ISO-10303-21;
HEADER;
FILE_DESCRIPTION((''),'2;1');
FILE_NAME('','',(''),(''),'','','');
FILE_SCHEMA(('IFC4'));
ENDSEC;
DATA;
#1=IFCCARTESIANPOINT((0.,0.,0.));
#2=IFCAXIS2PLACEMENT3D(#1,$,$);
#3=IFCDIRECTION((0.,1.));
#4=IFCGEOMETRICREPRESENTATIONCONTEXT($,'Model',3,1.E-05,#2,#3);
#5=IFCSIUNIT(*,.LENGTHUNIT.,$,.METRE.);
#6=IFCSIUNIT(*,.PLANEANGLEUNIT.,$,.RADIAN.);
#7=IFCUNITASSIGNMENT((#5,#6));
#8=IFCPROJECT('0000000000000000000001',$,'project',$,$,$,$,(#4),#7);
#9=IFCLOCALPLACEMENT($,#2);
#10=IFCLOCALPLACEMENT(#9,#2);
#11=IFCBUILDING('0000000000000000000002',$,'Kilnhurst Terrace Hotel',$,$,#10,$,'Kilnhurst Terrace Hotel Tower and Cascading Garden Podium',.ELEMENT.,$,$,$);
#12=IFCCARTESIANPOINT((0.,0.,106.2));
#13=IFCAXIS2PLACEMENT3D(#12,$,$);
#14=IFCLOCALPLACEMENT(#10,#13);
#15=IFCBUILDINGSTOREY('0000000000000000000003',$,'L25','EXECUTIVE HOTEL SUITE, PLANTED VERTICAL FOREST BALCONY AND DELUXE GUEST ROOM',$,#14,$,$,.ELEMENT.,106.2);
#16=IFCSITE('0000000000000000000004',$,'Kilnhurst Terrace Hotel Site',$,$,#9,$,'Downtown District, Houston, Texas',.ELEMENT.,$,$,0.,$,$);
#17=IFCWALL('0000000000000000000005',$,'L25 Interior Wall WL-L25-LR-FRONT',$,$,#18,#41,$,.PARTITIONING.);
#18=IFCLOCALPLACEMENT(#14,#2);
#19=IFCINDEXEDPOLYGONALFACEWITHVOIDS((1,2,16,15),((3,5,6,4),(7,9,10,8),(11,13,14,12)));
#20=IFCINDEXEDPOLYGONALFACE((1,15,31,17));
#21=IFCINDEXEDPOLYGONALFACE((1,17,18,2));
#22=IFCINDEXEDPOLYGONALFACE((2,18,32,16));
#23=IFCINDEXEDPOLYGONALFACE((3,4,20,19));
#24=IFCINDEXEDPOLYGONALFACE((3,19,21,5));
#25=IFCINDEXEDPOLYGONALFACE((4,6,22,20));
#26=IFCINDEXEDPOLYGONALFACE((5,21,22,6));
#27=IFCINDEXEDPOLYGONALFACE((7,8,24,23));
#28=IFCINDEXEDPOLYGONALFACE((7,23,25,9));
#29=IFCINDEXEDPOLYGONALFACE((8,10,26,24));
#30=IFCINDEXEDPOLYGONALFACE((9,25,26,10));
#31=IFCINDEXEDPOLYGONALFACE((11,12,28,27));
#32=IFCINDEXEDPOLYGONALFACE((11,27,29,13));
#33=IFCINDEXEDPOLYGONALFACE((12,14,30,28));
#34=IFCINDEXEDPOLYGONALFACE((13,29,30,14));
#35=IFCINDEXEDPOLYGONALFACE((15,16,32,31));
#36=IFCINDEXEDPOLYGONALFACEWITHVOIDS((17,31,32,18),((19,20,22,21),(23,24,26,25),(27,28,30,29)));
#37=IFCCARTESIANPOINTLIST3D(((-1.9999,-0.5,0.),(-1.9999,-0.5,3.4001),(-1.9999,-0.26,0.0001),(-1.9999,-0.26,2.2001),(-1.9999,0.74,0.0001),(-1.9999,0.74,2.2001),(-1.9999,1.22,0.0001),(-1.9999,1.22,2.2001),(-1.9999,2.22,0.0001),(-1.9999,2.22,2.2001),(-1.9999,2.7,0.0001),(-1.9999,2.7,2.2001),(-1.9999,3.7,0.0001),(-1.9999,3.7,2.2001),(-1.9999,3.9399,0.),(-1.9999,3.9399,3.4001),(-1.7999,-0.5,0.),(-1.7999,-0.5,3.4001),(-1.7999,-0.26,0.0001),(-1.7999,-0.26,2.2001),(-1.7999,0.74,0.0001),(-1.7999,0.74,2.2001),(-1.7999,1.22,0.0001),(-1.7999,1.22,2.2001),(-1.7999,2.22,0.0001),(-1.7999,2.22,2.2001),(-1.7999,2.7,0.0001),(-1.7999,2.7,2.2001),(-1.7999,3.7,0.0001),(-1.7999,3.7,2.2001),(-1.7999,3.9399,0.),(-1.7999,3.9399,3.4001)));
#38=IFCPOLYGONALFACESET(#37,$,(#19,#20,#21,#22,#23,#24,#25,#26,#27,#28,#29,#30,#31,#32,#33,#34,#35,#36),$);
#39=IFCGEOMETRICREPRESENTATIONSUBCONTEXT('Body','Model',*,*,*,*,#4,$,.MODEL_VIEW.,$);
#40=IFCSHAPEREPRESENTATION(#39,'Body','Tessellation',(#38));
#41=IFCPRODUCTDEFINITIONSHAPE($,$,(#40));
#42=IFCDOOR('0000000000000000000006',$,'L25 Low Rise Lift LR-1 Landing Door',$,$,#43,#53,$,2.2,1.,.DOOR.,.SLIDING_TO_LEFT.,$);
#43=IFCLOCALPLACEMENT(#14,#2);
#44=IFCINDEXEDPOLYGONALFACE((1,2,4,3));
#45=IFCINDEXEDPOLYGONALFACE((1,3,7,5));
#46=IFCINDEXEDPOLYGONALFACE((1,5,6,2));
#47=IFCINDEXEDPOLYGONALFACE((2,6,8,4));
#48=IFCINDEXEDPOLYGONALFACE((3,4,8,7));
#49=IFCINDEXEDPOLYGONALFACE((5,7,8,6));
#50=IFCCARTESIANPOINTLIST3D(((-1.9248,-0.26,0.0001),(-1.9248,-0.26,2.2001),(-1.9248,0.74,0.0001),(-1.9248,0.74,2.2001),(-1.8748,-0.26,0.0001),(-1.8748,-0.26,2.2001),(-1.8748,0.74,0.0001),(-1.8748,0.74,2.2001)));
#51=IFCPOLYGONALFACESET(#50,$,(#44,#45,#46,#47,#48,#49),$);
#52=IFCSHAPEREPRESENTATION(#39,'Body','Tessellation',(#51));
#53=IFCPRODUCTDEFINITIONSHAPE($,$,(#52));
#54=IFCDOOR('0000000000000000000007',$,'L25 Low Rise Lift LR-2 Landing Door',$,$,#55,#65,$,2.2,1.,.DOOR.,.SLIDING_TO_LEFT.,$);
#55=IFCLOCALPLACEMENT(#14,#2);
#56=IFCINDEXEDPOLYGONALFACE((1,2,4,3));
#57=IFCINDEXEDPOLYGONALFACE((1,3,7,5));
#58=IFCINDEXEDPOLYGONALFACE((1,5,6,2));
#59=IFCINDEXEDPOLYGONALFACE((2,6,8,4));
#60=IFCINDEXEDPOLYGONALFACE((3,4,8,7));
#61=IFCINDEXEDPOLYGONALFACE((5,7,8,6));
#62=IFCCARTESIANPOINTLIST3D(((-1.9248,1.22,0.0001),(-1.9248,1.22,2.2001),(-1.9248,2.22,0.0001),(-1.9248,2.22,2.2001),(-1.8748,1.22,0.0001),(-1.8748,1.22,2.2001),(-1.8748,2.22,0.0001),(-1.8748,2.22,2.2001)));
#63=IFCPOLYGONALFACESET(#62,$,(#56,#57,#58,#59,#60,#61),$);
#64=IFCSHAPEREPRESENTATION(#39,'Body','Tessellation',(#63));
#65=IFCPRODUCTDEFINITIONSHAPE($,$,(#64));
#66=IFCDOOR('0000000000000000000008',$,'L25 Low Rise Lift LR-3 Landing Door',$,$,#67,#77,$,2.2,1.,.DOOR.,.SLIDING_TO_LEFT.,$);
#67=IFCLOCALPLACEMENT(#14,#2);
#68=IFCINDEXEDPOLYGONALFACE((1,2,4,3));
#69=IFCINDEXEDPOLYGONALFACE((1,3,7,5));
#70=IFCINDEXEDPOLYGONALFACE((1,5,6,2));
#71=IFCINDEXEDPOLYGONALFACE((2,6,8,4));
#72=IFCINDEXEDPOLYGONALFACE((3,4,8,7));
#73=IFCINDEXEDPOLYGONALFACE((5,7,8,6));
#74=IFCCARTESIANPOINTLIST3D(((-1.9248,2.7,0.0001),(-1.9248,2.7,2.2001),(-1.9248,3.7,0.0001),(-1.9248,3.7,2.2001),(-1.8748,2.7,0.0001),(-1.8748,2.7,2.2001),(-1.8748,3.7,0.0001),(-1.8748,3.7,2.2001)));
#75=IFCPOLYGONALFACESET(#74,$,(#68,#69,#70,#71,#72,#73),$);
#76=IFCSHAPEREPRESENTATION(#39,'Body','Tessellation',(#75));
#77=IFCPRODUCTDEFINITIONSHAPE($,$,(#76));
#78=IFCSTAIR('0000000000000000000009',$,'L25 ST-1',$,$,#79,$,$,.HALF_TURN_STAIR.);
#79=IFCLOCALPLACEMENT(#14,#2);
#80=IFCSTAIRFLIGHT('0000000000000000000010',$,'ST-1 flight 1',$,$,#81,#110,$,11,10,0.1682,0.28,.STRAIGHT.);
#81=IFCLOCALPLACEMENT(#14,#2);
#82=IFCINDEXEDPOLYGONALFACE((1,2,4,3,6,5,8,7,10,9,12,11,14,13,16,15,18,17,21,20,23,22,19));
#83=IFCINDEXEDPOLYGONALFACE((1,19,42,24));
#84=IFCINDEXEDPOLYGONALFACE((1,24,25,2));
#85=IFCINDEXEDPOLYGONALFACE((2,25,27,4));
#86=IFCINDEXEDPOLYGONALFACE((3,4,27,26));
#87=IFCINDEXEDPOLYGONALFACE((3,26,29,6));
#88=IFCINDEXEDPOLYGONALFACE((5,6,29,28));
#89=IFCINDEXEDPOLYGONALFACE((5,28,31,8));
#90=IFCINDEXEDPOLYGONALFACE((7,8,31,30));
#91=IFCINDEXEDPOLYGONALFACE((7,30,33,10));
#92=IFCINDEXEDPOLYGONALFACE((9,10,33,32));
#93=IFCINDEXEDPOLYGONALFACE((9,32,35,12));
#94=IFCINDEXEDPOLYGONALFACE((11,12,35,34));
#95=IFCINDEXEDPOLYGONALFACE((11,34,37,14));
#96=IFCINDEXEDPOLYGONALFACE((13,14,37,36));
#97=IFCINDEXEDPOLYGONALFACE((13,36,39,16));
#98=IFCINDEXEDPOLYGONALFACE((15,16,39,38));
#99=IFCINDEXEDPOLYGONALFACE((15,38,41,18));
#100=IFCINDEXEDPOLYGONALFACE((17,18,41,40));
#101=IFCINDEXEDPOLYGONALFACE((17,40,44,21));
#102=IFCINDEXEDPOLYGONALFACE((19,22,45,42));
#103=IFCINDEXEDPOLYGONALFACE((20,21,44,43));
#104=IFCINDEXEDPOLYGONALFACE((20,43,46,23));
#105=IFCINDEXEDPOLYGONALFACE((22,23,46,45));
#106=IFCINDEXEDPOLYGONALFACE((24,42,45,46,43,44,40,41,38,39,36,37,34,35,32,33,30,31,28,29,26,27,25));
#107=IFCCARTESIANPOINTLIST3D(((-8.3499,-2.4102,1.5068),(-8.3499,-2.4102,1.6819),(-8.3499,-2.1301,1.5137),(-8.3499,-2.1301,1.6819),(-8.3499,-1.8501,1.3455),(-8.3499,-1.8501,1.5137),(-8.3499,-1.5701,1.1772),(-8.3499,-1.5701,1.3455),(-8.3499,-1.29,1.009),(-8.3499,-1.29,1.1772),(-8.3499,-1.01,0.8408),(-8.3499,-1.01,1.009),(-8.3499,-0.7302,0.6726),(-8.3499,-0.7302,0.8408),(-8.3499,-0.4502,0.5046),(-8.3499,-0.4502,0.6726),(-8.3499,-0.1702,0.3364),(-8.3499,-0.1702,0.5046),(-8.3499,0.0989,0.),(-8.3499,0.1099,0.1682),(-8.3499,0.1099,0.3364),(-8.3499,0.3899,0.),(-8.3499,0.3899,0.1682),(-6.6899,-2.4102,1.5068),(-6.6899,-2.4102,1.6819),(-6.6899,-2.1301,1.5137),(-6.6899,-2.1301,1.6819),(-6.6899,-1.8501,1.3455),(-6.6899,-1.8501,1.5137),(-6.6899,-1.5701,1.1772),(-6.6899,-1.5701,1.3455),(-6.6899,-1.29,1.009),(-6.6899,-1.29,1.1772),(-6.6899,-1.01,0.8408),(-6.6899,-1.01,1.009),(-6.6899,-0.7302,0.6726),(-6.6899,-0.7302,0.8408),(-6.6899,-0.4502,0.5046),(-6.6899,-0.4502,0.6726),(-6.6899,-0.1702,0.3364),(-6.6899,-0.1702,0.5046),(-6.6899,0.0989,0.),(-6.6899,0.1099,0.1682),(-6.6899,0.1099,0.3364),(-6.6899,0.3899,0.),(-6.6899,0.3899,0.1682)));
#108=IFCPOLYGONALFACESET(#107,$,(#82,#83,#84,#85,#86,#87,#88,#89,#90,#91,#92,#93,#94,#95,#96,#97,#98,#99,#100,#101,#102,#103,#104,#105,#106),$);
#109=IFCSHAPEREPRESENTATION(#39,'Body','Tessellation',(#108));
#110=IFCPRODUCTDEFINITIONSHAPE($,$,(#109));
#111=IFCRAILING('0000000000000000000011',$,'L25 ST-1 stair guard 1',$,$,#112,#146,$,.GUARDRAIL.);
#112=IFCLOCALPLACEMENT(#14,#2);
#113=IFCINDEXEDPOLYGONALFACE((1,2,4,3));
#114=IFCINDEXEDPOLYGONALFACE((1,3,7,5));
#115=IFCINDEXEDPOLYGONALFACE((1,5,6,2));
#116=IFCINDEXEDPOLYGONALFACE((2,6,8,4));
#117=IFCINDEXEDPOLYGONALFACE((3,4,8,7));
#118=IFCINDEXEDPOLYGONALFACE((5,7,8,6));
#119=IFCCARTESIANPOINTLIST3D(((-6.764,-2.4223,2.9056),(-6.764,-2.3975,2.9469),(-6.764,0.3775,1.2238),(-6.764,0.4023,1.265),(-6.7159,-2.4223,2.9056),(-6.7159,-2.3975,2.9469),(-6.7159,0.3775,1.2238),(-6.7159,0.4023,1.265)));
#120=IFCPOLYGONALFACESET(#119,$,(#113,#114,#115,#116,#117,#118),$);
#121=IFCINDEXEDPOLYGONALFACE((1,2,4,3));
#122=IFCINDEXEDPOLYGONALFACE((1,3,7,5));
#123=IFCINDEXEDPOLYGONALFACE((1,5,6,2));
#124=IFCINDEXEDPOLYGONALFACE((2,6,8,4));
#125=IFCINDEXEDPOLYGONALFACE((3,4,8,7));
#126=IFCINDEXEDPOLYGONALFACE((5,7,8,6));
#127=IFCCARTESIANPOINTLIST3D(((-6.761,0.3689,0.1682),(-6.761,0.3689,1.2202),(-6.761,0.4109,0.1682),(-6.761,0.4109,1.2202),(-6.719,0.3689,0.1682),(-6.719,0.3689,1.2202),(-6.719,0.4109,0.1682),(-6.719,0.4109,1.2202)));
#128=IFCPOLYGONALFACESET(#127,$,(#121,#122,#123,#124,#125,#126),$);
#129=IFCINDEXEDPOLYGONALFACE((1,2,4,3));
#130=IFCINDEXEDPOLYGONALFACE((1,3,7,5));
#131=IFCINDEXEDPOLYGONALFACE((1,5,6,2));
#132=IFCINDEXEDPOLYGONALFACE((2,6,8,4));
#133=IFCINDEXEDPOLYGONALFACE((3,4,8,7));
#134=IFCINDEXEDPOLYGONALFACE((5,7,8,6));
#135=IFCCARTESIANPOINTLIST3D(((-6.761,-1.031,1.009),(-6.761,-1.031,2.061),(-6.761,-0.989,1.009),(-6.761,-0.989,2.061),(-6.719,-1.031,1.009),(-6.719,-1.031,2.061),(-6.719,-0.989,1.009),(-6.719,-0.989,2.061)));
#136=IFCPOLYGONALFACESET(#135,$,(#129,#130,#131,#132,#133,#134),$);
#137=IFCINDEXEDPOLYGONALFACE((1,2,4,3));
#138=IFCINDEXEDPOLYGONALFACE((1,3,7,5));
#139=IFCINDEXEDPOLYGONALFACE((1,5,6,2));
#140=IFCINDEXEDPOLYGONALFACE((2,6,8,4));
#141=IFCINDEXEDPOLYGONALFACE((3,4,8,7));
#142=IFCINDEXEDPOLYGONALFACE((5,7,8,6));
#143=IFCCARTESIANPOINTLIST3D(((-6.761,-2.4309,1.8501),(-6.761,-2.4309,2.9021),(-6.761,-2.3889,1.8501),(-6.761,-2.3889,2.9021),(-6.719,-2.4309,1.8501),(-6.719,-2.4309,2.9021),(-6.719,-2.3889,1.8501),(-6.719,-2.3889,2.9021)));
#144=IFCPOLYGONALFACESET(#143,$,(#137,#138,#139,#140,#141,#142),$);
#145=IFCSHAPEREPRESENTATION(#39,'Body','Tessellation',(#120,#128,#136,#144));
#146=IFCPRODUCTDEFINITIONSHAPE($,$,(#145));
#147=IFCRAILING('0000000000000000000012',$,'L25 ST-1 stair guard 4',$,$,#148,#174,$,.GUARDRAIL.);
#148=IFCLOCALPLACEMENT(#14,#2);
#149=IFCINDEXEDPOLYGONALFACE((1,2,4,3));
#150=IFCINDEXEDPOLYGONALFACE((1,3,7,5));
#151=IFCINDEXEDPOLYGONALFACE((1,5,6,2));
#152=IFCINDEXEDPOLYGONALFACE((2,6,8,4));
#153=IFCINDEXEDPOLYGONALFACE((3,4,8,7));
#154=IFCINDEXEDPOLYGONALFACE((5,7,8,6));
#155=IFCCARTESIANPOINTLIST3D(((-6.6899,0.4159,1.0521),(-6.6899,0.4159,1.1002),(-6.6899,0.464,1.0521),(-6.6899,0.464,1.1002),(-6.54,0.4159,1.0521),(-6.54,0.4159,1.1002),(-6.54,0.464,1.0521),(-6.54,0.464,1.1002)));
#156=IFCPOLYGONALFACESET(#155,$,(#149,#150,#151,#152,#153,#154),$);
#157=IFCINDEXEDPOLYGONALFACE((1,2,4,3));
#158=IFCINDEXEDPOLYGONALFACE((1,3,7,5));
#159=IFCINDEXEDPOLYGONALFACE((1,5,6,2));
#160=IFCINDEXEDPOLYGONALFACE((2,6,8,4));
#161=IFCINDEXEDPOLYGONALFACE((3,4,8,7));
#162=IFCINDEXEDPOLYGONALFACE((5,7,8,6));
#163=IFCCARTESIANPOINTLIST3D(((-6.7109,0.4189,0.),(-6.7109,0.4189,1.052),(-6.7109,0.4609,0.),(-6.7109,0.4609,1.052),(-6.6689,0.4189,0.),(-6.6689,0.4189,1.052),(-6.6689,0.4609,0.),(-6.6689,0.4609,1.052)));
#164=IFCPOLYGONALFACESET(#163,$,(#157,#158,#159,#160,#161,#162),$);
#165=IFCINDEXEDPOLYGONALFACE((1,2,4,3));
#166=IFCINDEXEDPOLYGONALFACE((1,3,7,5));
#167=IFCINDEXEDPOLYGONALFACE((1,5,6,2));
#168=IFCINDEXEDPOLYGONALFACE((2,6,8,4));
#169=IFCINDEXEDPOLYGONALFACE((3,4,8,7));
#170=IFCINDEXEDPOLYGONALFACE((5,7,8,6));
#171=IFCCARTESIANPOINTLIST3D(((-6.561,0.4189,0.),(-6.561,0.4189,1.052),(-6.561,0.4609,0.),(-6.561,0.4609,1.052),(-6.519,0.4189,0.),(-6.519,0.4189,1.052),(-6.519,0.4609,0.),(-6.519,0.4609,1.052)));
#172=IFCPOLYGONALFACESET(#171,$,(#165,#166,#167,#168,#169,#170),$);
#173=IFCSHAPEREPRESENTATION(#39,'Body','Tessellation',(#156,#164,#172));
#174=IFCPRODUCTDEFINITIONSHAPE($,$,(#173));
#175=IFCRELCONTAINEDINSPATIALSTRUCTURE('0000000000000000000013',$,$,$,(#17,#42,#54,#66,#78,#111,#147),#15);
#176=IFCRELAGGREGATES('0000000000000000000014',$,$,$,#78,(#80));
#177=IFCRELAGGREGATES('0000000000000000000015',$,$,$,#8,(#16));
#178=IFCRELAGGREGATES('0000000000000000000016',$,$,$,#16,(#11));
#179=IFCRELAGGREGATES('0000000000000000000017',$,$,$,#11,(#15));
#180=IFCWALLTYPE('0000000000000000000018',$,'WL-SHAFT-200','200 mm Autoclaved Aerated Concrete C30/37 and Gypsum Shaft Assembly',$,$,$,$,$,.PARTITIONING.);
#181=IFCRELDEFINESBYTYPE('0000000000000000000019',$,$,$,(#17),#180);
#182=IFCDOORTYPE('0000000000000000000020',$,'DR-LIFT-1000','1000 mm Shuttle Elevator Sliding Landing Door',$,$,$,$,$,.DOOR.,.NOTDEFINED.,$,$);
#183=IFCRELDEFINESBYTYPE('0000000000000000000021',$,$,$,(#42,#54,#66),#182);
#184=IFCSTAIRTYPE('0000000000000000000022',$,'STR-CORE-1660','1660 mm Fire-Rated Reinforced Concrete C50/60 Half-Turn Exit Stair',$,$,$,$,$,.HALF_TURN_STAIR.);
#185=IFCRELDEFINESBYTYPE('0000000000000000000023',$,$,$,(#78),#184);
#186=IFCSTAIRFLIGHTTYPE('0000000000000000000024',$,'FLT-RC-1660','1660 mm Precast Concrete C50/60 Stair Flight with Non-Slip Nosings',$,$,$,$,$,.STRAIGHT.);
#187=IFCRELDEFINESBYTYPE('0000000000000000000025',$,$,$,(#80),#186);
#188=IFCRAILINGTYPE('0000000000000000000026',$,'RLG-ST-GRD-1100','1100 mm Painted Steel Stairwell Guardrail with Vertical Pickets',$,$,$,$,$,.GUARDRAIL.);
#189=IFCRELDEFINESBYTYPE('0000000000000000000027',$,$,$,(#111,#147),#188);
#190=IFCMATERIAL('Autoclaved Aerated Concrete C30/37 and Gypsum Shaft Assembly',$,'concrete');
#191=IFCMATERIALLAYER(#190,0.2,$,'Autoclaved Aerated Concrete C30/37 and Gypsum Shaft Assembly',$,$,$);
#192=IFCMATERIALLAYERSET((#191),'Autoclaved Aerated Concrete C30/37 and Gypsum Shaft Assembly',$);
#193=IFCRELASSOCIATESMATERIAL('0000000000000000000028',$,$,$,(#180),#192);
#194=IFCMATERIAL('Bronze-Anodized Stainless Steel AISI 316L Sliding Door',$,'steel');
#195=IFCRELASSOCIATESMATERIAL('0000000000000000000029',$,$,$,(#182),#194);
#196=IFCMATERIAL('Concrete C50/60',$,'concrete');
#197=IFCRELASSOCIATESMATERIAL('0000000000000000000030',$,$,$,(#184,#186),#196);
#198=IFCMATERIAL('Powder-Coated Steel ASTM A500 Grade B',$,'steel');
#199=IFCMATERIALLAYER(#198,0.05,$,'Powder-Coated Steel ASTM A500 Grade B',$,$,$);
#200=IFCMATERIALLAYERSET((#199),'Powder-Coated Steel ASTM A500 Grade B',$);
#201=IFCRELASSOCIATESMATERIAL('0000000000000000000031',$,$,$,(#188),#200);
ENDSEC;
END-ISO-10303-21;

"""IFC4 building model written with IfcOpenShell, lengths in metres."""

from ifc_helpers import new_model, si_unit, direction, frame, frame_2d, origin, origin_2d, place, context, subcontext, project, spatial, polyline, rectangle, outline, extrude, material, layer, layer_set, type_object, element, fill, aggregate, save


model = new_model("IFC4")

# Units and contexts
model_context = context("Model", 3, precision=1e-05, world=origin(), true_north=direction((0.0, 1.0)))
body_context = subcontext(model_context, "Body", "Model", "MODEL_VIEW")
ifc_project = project(units=[si_unit("LENGTHUNIT", "METRE"), si_unit("PLANEANGLEUNIT", "RADIAN")], contexts=[model_context])

# Site, building, storey
site_placement = place(None, origin())
site = spatial("IfcSite", under=ifc_project, at=site_placement, Name="Kilnhurst Terrace Hotel Site", LongName="Downtown District, Houston, Texas", CompositionType="ELEMENT", RefElevation=0.0)
building_placement = place(site_placement, origin())
building = spatial("IfcBuilding", under=site, at=building_placement, Name="Kilnhurst Terrace Hotel", LongName="Kilnhurst Terrace Hotel Tower and Cascading Garden Podium", CompositionType="ELEMENT")
storey_placement = place(building_placement, frame((0.0, 0.0, 106.2)))
storey = spatial("IfcBuildingStorey", under=building, at=storey_placement, Name="L25", Description="EXECUTIVE HOTEL SUITE, PLANTED VERTICAL FOREST BALCONY AND DELUXE GUEST ROOM", CompositionType="ELEMENT", Elevation=106.2)

# Shared definitions
ifc_material_1 = material(Name="Autoclaved Aerated Concrete C30/37 and Gypsum Shaft Assembly", Category="concrete")
ifc_layer_1 = layer(ifc_material_1, 0.2, Name="Autoclaved Aerated Concrete C30/37 and Gypsum Shaft Assembly")
ifc_layer_set_1 = layer_set([ifc_layer_1], Name="Autoclaved Aerated Concrete C30/37 and Gypsum Shaft Assembly")
wall_type_1 = type_object("IfcWallType", Name="WL-SHAFT-200", Description="200 mm Autoclaved Aerated Concrete C30/37 and Gypsum Shaft Assembly", PredefinedType="PARTITIONING", material=ifc_layer_set_1)

# Wall, openings, doors
wall_1_placement = place(storey_placement, frame((-1.8999, -0.5, 0.0), z_axis=(0.0, 0.0, 1.0), x_axis=(0.0, 1.0, 0.0)))
wall_1 = element("IfcWall", 1, at=wall_1_placement, inside=storey, type_object=wall_type_1, Name="L25 Interior Wall WL-L25-LR-FRONT", PredefinedType="PARTITIONING", context=body_context, shape_type="SweptSolid", body=[
    extrude(rectangle(XDim=4.4399, YDim=0.2, at=frame_2d((2.22, 0.0))), origin(), (0.0, 0.0, 1.0), 3.4001),
])
opening_1_placement = place(wall_1_placement, frame((0.24, 0.0, 0.0)))
opening_1 = element("IfcOpeningElement", 2, at=opening_1_placement, cuts=wall_1, PredefinedType="OPENING", context=body_context, shape_type="SweptSolid", body=[
    extrude(rectangle(XDim=1.0, YDim=2.2, at=frame_2d((0.5, 1.1001))), frame((0.0, 0.1099, 0.0), z_axis=(0.0, -1.0, 0.0), x_axis=(1.0, 0.0, 0.0)), (0.0, 0.0, 1.0), 0.22),
])
opening_2_placement = place(wall_1_placement, frame((1.72, 0.0, 0.0)))
opening_2 = element("IfcOpeningElement", 3, at=opening_2_placement, cuts=wall_1, PredefinedType="OPENING", context=body_context, shape_type="SweptSolid", body=[
    extrude(rectangle(XDim=1.0, YDim=2.2, at=frame_2d((0.5, 1.1001))), frame((0.0, 0.1099, 0.0), z_axis=(0.0, -1.0, 0.0), x_axis=(1.0, 0.0, 0.0)), (0.0, 0.0, 1.0), 0.22),
])
opening_3_placement = place(wall_1_placement, frame((3.2, 0.0, 0.0)))
opening_3 = element("IfcOpeningElement", 4, at=opening_3_placement, cuts=wall_1, PredefinedType="OPENING", context=body_context, shape_type="SweptSolid", body=[
    extrude(rectangle(XDim=1.0, YDim=2.2, at=frame_2d((0.5, 1.1001))), frame((0.0, 0.1099, 0.0), z_axis=(0.0, -1.0, 0.0), x_axis=(1.0, 0.0, 0.0)), (0.0, 0.0, 1.0), 0.22),
])
ifc_material_2 = material(Name="Bronze-Anodized Stainless Steel AISI 316L Sliding Door", Category="steel")
door_type_1 = type_object("IfcDoorType", Name="DR-LIFT-1000", Description="1000 mm Shuttle Elevator Sliding Landing Door", OperationType="NOTDEFINED", PredefinedType="DOOR", material=ifc_material_2)
door_1_placement = place(opening_1_placement, origin())
door_1 = element("IfcDoor", 5, at=door_1_placement, inside=storey, type_object=door_type_1, Name="L25 Low Rise Lift LR-1 Landing Door", OperationType="SLIDING_TO_LEFT", OverallHeight=2.2, OverallWidth=1.0, PredefinedType="DOOR", context=body_context, shape_type="SweptSolid", body=[
    extrude(rectangle(XDim=1.0, YDim=2.2, at=frame_2d((0.5, 1.1001))), frame((0.0, 0.0249, 0.0), z_axis=(0.0, -1.0, 0.0), x_axis=(1.0, 0.0, 0.0)), (0.0, 0.0, 1.0), 0.05),
])
fill(opening_1, door_1)
door_2_placement = place(opening_2_placement, origin())
door_2 = element("IfcDoor", 6, at=door_2_placement, inside=storey, type_object=door_type_1, Name="L25 Low Rise Lift LR-2 Landing Door", OperationType="SLIDING_TO_LEFT", OverallHeight=2.2, OverallWidth=1.0, PredefinedType="DOOR", context=body_context, shape_type="SweptSolid", body=[
    extrude(rectangle(XDim=1.0, YDim=2.2, at=frame_2d((0.5, 1.1001))), frame((0.0, 0.0249, 0.0), z_axis=(0.0, -1.0, 0.0), x_axis=(1.0, 0.0, 0.0)), (0.0, 0.0, 1.0), 0.05),
])
fill(opening_2, door_2)
door_3_placement = place(opening_3_placement, origin())
door_3 = element("IfcDoor", 7, at=door_3_placement, inside=storey, type_object=door_type_1, Name="L25 Low Rise Lift LR-3 Landing Door", OperationType="SLIDING_TO_LEFT", OverallHeight=2.2, OverallWidth=1.0, PredefinedType="DOOR", context=body_context, shape_type="SweptSolid", body=[
    extrude(rectangle(XDim=1.0, YDim=2.2, at=frame_2d((0.5, 1.1001))), frame((0.0, 0.0249, 0.0), z_axis=(0.0, -1.0, 0.0), x_axis=(1.0, 0.0, 0.0)), (0.0, 0.0, 1.0), 0.05),
])
fill(opening_3, door_3)

# Shared definitions
ifc_material_3 = material(Name="Concrete C50/60", Category="concrete")

# Stair, stair flight
stair_type = type_object("IfcStairType", Name="STR-CORE-1660", Description="1660 mm Fire-Rated Reinforced Concrete C50/60 Half-Turn Exit Stair", PredefinedType="HALF_TURN_STAIR", material=ifc_material_3)
stair_placement = place(storey_placement, origin())
stair = element("IfcStair", 8, at=stair_placement, inside=storey, type_object=stair_type, Name="L25 ST-1", PredefinedType="HALF_TURN_STAIR")
stair_flight_type = type_object("IfcStairFlightType", Name="FLT-RC-1660", Description="1660 mm Precast Concrete C50/60 Stair Flight with Non-Slip Nosings", PredefinedType="STRAIGHT", material=ifc_material_3)
stair_flight_placement = place(storey_placement, frame((-7.52, 0.3899, 0.0), z_axis=(0.0, 0.0, 1.0), x_axis=(0.0, -1.0, 0.0)))
stair_flight = element("IfcStairFlight", 9, at=stair_flight_placement, type_object=stair_flight_type, Name="ST-1 flight 1", NumberOfRisers=11, NumberOfTreads=10, PredefinedType="STRAIGHT", RiserHeight=0.1682, TreadLength=0.28, context=body_context, shape_type="SweptSolid", body=[
    extrude(outline(polyline([(0.0, 0.0), (0.0, 0.1682), (0.28, 0.1682), (0.28, 0.3364), (0.5601, 0.3364), (0.5601, 0.5046), (0.8401, 0.5046), (0.8401, 0.6726), (1.1201, 0.6726), (1.1201, 0.8408), (1.3999, 0.8408), (1.3999, 1.009), (1.6799, 1.009), (1.6799, 1.1772), (1.96, 1.1772), (1.96, 1.3455), (2.24, 1.3455), (2.24, 1.5137), (2.52, 1.5137), (2.52, 1.6819), (2.8, 1.6819), (2.8, 1.8501), (2.8, 1.5068), (0.291, 0.0), (0.0, 0.0)])), frame((0.0, 0.8301, 0.0), z_axis=(0.0, -1.0, 0.0), x_axis=(1.0, 0.0, 0.0)), (0.0, 0.0, 1.0), 1.6599),
])
aggregate(stair, [stair_flight])

# Railings
ifc_material_4 = material(Name="Powder-Coated Steel ASTM A500 Grade B", Category="steel")
ifc_layer_2 = layer(ifc_material_4, 0.05, Name="Powder-Coated Steel ASTM A500 Grade B")
ifc_layer_set_2 = layer_set([ifc_layer_2], Name="Powder-Coated Steel ASTM A500 Grade B")
railing_type_1 = type_object("IfcRailingType", Name="RLG-ST-GRD-1100", Description="1100 mm Painted Steel Stairwell Guardrail with Vertical Pickets", PredefinedType="GUARDRAIL", material=ifc_layer_set_2)
railing_1_placement = place(storey_placement, frame((-6.74, 0.3899, 0.1682)))
element("IfcRailing", 10, at=railing_1_placement, inside=storey, type_object=railing_type_1, Name="L25 ST-1 stair guard 1", PredefinedType="GUARDRAIL", context=body_context, shape_type="SweptSolid", body=[
    extrude(rectangle(XDim=0.0481, YDim=0.0481, at=origin_2d()), frame((0.0, 0.0, 1.0762), z_axis=(0.0, -0.857222, 0.514946), x_axis=(1.0, 0.0, 0.0)), (0.0, 0.0, 1.0), 3.2661),
    extrude(rectangle(XDim=0.042, YDim=0.042, at=origin_2d()), origin(), (0.0, 0.0, 1.0), 1.052),
    extrude(rectangle(XDim=0.042, YDim=0.042, at=origin_2d()), frame((0.0, -1.3999, 0.8408)), (0.0, 0.0, 1.0), 1.052),
    extrude(rectangle(XDim=0.042, YDim=0.042, at=origin_2d()), frame((0.0, -2.7998, 1.6819)), (0.0, 0.0, 1.0), 1.052),
])
railing_2_placement = place(storey_placement, frame((-6.6899, 0.4399, 0.0)))
element("IfcRailing", 11, at=railing_2_placement, inside=storey, type_object=railing_type_1, Name="L25 ST-1 stair guard 4", PredefinedType="GUARDRAIL", context=body_context, shape_type="SweptSolid", body=[
    extrude(rectangle(XDim=0.0481, YDim=0.0481, at=origin_2d()), frame((0.0, 0.0, 1.0762), z_axis=(1.0, 0.0, 0.0), x_axis=(0.0, 1.0, 0.0)), (0.0, 0.0, 1.0), 0.1499),
    extrude(rectangle(XDim=0.042, YDim=0.042, at=origin_2d()), origin(), (0.0, 0.0, 1.0), 1.052),
    extrude(rectangle(XDim=0.042, YDim=0.042, at=origin_2d()), frame((0.1499, 0.0, 0.0)), (0.0, 0.0, 1.0), 1.052),
])

save(model, "model.ifc")
